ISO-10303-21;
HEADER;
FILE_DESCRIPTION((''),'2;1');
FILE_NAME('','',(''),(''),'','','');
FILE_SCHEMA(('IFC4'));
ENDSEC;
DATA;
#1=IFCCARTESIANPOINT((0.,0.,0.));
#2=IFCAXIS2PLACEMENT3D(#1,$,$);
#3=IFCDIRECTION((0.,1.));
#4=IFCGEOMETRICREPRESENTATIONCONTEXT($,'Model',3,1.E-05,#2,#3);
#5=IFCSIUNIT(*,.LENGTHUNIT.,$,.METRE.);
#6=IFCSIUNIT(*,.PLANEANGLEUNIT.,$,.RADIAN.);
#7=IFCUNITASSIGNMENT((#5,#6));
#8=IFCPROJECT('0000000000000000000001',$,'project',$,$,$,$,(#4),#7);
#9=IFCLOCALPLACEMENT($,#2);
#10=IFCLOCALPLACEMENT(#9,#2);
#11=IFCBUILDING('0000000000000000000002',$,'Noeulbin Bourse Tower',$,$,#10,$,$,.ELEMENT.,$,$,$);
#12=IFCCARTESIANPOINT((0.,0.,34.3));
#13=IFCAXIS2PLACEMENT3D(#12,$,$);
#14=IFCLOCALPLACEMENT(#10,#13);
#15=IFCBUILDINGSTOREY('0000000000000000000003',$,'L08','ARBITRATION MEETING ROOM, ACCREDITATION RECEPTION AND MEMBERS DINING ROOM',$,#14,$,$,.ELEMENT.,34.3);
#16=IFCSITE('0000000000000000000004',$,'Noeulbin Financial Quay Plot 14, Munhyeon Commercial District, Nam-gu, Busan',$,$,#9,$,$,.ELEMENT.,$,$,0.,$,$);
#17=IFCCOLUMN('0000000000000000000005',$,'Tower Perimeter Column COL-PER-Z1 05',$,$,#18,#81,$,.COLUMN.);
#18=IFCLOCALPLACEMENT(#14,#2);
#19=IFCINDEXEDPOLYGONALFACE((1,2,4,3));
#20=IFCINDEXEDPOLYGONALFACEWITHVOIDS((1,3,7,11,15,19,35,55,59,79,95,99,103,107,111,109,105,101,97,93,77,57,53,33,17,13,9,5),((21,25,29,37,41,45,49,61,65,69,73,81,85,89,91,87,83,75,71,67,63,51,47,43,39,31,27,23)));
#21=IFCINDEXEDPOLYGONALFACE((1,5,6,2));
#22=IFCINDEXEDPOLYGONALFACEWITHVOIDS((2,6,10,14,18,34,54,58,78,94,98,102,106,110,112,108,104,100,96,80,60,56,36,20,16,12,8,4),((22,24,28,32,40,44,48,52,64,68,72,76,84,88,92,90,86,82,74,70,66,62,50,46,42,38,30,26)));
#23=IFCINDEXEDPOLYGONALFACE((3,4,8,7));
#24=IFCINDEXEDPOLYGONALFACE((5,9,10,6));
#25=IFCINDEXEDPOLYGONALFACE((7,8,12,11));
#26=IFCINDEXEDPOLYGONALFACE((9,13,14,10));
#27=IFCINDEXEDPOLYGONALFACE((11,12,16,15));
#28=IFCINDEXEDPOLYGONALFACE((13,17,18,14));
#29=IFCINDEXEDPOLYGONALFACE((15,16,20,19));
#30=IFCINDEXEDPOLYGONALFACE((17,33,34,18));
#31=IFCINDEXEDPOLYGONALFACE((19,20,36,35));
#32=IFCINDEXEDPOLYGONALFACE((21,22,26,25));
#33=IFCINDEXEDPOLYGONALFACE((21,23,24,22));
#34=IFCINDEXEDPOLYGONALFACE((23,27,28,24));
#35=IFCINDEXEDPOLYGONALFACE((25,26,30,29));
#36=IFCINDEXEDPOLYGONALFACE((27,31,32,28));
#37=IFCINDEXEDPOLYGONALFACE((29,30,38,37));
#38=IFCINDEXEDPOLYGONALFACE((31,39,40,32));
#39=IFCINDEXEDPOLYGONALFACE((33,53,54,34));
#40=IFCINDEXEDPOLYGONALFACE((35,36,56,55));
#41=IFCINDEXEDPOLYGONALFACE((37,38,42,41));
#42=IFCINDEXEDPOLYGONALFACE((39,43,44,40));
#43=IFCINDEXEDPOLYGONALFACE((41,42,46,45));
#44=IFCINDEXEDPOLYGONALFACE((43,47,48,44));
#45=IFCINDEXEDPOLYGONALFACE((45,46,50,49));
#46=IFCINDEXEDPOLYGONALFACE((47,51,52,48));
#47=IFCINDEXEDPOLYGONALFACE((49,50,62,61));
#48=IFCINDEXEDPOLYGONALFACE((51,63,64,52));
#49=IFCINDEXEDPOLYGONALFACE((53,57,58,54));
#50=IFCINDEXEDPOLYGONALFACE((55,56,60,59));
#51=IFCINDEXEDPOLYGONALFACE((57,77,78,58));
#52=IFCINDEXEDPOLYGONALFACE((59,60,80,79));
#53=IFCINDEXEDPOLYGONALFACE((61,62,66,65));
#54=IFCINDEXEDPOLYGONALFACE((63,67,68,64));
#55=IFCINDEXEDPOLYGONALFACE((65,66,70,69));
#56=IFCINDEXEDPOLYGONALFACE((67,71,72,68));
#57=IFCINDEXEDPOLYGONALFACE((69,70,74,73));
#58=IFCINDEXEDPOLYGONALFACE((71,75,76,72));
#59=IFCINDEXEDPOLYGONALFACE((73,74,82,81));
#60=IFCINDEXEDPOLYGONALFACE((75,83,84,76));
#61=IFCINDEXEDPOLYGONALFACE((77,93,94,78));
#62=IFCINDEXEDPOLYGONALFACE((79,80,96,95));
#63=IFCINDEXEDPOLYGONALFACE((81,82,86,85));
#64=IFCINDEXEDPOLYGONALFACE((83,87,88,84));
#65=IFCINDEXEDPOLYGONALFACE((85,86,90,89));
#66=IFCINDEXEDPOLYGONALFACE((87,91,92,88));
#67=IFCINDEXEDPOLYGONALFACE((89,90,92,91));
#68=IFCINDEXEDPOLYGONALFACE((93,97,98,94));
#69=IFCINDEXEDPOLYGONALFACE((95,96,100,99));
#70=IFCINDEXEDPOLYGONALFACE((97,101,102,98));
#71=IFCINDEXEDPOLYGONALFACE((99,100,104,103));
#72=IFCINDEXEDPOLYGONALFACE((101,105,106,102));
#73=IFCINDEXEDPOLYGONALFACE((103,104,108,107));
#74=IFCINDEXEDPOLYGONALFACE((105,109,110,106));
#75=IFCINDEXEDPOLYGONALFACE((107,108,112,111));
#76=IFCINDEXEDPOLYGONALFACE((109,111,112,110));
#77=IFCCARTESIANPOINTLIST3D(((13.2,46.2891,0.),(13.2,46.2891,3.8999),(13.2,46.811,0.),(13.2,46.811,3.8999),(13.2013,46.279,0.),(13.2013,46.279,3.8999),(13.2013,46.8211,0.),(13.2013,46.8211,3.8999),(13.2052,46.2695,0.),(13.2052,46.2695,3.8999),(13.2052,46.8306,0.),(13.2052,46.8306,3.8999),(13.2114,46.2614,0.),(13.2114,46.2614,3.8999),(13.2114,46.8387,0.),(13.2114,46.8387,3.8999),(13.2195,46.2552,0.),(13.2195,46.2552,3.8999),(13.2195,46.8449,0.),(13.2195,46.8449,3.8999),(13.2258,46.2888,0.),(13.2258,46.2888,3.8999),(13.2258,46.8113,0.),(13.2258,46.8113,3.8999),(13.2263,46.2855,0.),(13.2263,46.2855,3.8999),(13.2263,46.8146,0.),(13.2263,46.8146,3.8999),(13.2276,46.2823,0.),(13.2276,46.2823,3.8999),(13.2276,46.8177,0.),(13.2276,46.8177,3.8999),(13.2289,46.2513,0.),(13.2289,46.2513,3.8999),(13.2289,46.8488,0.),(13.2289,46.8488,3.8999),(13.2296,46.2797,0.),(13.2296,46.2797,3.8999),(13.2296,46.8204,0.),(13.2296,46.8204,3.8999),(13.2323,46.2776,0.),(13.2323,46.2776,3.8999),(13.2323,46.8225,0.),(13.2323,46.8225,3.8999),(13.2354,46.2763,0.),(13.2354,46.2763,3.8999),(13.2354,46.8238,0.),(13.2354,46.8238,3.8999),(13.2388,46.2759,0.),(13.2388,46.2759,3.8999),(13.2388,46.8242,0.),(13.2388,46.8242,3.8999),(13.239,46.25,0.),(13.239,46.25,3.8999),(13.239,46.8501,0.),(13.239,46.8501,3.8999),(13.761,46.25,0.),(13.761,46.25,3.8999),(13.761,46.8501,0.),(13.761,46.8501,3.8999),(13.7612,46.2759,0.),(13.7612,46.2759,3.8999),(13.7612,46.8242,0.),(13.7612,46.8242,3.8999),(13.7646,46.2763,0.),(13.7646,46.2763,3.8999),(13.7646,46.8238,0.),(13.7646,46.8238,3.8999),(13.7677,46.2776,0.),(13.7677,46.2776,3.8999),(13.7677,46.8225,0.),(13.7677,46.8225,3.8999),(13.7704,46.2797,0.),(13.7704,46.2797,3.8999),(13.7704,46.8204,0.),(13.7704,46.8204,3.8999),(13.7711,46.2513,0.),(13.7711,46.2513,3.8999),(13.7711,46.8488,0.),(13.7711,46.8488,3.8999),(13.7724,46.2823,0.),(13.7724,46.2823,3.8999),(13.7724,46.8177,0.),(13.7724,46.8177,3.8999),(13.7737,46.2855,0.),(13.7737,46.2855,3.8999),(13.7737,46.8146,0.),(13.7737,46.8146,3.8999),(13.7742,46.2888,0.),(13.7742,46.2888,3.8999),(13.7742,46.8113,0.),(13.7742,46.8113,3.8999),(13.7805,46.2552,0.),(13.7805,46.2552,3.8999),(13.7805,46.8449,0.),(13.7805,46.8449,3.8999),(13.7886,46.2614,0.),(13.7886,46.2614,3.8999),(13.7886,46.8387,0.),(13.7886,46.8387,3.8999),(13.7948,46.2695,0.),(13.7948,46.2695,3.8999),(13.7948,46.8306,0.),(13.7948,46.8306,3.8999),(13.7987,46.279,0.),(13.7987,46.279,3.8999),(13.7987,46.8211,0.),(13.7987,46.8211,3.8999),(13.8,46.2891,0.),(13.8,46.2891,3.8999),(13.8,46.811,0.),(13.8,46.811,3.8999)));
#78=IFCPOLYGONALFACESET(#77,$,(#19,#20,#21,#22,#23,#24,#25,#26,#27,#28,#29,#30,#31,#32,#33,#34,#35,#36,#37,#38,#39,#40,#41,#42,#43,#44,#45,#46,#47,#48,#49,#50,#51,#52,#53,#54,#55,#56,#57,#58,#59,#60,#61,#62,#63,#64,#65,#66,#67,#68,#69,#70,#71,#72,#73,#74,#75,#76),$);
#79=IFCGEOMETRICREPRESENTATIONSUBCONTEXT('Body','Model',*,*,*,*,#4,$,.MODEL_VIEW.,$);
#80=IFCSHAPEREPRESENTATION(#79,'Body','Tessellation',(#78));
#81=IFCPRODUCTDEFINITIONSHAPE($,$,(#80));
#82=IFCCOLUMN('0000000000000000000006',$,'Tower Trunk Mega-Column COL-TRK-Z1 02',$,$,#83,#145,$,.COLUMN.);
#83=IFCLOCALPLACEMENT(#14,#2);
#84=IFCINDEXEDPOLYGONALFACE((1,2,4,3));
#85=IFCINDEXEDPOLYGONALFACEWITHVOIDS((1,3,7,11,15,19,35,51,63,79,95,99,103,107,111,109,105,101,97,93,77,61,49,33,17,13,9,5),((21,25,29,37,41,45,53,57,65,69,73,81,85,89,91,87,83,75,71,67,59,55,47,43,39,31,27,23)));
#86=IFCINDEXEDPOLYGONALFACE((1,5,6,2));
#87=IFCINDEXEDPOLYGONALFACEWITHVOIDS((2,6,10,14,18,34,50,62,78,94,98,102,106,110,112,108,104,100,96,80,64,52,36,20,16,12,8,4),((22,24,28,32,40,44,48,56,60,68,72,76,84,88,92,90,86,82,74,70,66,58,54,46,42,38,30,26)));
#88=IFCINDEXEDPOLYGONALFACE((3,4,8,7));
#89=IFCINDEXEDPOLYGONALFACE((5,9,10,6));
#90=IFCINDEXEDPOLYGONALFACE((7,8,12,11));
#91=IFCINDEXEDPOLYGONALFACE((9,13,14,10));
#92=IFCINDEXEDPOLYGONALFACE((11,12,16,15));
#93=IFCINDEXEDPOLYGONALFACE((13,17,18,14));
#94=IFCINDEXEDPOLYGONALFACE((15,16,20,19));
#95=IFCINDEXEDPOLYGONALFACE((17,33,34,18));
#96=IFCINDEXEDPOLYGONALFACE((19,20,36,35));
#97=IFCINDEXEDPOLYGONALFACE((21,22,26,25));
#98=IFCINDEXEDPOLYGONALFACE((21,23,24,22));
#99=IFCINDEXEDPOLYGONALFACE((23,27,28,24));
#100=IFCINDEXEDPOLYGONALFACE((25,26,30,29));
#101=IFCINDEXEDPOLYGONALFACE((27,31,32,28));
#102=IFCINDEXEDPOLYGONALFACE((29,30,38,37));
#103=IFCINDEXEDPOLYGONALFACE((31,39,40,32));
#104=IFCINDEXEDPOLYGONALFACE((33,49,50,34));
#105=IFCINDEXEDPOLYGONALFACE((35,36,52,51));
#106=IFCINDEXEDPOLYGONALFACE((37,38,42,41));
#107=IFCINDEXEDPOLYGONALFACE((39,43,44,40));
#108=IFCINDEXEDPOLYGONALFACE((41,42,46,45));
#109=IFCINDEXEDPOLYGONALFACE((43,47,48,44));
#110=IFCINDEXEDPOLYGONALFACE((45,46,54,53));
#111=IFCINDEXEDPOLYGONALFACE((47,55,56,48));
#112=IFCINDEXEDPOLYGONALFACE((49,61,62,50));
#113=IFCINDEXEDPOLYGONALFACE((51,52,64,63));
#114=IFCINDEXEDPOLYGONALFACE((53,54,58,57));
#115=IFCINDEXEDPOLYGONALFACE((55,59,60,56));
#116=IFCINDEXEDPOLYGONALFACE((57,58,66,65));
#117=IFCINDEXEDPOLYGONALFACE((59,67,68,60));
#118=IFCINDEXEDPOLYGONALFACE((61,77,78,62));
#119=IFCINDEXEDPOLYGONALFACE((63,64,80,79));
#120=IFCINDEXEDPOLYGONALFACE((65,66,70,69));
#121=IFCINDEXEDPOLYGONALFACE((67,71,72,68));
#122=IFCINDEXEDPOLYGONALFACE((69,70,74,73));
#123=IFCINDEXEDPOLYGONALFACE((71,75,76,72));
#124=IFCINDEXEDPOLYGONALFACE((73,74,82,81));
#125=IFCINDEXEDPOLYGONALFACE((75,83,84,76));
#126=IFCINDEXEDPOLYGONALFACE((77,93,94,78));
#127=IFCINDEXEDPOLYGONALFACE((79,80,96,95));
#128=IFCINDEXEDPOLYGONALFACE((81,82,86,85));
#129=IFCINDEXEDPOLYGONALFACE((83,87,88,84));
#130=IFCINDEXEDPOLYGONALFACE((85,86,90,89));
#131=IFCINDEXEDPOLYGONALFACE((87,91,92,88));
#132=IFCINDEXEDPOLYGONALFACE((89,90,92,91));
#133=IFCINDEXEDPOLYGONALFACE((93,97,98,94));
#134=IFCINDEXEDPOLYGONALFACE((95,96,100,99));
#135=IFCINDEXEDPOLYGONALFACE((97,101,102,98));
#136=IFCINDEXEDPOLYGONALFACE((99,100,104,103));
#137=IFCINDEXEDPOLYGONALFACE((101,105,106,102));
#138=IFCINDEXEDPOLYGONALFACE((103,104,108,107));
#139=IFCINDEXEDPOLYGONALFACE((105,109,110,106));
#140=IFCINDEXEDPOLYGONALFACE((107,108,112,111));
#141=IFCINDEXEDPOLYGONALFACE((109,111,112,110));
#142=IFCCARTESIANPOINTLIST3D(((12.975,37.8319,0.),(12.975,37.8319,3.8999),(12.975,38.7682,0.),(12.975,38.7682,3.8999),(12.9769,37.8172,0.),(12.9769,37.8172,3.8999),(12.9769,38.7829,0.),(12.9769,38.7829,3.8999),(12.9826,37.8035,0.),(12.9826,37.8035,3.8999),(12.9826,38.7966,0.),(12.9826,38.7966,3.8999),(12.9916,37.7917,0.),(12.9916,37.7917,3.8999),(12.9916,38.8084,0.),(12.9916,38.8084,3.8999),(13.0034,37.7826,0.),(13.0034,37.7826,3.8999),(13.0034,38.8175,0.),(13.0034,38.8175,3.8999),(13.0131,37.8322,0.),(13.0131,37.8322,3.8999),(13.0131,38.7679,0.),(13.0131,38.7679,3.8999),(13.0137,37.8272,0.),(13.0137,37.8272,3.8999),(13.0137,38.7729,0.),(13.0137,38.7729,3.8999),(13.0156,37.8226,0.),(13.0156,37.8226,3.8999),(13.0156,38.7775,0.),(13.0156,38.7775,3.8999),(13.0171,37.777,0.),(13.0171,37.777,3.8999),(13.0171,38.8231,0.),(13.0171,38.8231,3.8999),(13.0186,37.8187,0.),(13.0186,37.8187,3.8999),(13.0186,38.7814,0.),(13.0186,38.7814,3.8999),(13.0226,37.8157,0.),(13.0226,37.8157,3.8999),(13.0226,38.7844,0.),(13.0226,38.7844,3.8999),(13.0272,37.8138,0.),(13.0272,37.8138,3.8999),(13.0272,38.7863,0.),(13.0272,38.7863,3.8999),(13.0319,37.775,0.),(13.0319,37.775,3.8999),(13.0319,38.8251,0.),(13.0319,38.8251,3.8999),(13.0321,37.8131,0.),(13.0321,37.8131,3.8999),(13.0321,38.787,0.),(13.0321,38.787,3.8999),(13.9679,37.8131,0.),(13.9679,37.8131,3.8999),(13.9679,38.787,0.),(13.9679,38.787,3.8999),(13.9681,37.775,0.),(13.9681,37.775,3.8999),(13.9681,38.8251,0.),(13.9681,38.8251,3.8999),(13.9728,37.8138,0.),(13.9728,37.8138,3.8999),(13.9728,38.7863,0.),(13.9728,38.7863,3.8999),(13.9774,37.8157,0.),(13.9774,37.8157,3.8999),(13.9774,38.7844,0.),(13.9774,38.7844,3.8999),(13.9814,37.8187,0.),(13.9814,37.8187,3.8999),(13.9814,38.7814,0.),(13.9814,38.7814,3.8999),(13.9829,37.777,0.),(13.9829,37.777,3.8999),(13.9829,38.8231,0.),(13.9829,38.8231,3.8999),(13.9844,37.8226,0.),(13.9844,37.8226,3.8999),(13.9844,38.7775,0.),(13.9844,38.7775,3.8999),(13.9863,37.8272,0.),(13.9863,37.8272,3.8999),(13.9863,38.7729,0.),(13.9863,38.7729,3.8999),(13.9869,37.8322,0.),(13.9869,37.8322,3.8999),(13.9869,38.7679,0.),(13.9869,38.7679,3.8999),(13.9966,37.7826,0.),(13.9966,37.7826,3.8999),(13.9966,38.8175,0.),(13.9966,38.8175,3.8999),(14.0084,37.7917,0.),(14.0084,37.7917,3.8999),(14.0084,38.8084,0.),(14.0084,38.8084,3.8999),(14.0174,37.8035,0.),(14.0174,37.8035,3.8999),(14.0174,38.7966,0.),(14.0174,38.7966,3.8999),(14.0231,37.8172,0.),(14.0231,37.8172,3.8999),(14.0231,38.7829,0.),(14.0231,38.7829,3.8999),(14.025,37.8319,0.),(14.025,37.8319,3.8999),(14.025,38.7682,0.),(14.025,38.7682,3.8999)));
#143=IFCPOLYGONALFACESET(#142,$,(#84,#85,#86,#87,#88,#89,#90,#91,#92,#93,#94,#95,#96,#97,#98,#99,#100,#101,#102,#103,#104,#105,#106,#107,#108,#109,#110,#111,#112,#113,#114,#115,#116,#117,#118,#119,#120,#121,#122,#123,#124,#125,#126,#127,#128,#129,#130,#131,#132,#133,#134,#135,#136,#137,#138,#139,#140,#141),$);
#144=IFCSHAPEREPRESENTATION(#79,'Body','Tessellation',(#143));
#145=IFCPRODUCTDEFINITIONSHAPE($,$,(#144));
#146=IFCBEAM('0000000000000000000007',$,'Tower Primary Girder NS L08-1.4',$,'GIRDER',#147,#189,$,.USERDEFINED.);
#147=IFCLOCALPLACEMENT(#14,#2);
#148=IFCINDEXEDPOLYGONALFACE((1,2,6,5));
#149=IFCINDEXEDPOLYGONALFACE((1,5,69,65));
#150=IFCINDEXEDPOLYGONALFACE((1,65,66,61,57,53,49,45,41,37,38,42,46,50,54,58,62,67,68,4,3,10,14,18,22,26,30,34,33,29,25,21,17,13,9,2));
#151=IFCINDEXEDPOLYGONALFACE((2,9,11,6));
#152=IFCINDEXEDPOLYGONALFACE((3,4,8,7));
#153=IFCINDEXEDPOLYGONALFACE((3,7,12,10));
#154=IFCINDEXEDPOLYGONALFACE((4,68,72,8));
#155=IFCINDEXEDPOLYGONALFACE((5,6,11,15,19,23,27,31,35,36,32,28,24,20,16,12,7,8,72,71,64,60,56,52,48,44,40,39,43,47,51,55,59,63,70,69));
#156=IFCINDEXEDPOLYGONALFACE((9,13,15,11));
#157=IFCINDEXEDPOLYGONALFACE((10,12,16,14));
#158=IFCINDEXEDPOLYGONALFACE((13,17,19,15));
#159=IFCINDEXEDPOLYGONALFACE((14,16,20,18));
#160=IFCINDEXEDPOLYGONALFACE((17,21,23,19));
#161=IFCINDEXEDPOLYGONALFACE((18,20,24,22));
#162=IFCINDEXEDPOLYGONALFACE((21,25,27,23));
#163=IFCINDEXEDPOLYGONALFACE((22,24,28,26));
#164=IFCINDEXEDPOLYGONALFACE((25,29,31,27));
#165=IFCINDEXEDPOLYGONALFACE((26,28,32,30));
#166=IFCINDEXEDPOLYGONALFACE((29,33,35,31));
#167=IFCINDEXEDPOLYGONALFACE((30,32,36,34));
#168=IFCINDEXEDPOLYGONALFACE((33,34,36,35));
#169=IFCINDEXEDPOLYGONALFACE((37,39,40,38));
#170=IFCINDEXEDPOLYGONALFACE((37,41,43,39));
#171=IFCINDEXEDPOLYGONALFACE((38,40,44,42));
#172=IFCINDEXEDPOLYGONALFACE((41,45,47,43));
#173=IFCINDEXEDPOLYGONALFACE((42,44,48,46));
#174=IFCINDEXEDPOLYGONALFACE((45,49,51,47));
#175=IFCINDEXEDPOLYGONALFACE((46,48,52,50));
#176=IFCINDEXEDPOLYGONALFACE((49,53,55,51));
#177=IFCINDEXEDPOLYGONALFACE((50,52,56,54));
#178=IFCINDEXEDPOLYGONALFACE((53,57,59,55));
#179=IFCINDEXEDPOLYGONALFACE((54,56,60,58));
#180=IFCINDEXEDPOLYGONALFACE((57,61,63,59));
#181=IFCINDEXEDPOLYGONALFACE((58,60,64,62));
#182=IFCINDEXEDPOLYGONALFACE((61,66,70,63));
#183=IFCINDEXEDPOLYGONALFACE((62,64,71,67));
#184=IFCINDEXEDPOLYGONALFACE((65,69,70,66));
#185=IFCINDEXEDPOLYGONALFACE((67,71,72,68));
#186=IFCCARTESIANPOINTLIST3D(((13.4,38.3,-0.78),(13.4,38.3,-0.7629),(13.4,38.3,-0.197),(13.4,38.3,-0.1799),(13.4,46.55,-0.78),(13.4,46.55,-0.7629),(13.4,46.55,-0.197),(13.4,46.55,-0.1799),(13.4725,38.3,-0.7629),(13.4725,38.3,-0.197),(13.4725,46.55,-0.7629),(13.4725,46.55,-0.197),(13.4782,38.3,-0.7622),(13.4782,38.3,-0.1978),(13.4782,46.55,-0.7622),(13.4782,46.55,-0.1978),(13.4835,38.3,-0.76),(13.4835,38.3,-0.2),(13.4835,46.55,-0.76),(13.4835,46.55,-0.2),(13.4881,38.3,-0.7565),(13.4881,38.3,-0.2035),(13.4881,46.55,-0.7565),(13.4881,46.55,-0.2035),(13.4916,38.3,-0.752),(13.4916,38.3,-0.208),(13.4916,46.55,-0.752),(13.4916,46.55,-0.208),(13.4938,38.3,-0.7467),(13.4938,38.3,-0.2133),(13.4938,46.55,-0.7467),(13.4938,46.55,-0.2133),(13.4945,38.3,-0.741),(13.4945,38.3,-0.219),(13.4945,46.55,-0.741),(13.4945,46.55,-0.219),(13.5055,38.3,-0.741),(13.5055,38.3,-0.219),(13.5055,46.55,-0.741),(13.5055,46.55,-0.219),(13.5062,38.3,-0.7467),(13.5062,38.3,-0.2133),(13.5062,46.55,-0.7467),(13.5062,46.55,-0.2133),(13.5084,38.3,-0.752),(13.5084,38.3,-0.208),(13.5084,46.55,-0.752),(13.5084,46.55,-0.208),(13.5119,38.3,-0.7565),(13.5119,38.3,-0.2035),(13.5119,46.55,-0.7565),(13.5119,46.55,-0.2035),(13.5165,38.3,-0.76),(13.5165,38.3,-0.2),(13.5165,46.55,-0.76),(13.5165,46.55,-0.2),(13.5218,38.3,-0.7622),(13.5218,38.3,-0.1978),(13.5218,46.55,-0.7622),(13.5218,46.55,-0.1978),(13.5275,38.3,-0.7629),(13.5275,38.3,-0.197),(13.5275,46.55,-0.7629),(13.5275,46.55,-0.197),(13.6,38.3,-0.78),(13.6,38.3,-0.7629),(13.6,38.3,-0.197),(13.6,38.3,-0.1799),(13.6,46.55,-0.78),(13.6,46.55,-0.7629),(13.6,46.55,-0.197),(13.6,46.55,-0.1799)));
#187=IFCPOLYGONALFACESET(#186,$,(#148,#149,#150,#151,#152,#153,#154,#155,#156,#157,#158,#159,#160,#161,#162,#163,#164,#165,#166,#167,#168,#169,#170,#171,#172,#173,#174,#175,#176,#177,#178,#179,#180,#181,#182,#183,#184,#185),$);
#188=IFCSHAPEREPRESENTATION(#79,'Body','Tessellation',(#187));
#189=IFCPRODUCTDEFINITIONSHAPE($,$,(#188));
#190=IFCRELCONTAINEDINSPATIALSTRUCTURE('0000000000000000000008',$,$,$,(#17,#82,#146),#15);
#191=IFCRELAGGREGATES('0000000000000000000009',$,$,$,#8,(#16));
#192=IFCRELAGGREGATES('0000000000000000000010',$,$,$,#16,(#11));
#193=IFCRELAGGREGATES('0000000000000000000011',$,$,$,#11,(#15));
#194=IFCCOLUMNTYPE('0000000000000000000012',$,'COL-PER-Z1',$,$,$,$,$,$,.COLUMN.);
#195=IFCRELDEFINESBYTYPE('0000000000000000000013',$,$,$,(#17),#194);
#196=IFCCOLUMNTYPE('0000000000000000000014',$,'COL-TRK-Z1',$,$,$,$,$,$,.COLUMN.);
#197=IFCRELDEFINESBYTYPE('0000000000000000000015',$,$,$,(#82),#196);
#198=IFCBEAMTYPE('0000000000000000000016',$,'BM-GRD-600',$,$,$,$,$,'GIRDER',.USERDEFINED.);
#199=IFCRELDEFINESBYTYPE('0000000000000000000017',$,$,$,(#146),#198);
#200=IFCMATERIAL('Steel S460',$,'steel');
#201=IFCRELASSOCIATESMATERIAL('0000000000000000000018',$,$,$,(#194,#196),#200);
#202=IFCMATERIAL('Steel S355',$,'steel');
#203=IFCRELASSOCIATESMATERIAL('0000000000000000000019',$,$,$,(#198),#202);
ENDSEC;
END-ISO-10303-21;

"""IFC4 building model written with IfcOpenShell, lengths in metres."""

from ifc_helpers import new_model, si_unit, direction, frame, origin, origin_2d, place, context, subcontext, project, spatial, hollow_rectangle, i_section, extrude, material, material_profile, profile_set, type_object, element, save


model = new_model("IFC4")

# Units and contexts
model_context = context("Model", 3, precision=1e-05, world=origin(), true_north=direction((0.0, 1.0)))
body_context = subcontext(model_context, "Body", "Model", "MODEL_VIEW")
ifc_project = project(units=[si_unit("LENGTHUNIT", "METRE"), si_unit("PLANEANGLEUNIT", "RADIAN")], contexts=[model_context])

# Site, building, storey
site_placement = place(None, origin())
site = spatial("IfcSite", under=ifc_project, at=site_placement, Name="Noeulbin Financial Quay Plot 14, Munhyeon Commercial District, Nam-gu, Busan", CompositionType="ELEMENT", RefElevation=0.0)
building_placement = place(site_placement, origin())
building = spatial("IfcBuilding", under=site, at=building_placement, Name="Noeulbin Bourse Tower", CompositionType="ELEMENT")
storey_placement = place(building_placement, frame((0.0, 0.0, 34.3)))
storey = spatial("IfcBuildingStorey", under=building, at=storey_placement, Name="L08", Description="ARBITRATION MEETING ROOM, ACCREDITATION RECEPTION AND MEMBERS DINING ROOM", CompositionType="ELEMENT", Elevation=34.3)

# Columns
ifc_material_1 = material(Name="Steel S460", Category="steel")
ifc_material_profile_1 = material_profile(ifc_material_1, hollow_rectangle(XDim=0.6001, YDim=0.6001, WallThickness=0.0259, InnerFilletRadius=0.0129, OuterFilletRadius=0.0391, at=origin_2d()), Name="BOX-600x600x26", Category="LoadBearing")
ifc_profile_set_1 = profile_set([ifc_material_profile_1], Name="Steel S460")
column_type_1 = type_object("IfcColumnType", Name="COL-PER-Z1", PredefinedType="COLUMN", material=ifc_profile_set_1)
column_1_placement = place(storey_placement, frame((13.5, 46.55, 0.0), z_axis=(0.0, 0.0, 1.0), x_axis=(1.0, 0.0, 0.0)))
element("IfcColumn", 1, at=column_1_placement, inside=storey, type_object=column_type_1, Name="Tower Perimeter Column COL-PER-Z1 05", PredefinedType="COLUMN", context=body_context, shape_type="SweptSolid", body=[
    extrude(hollow_rectangle(XDim=0.6001, YDim=0.6001, WallThickness=0.0259, InnerFilletRadius=0.0129, OuterFilletRadius=0.0391, at=origin_2d()), origin(), (0.0, 0.0, 1.0), 3.8999),
])
ifc_material_profile_2 = material_profile(ifc_material_1, hollow_rectangle(XDim=1.05, YDim=1.05, WallThickness=0.0381, InnerFilletRadius=0.019, OuterFilletRadius=0.0569, at=origin_2d()), Name="BOX-1050x1050x38", Category="LoadBearing")
ifc_profile_set_2 = profile_set([ifc_material_profile_2], Name="Steel S460")
column_type_2 = type_object("IfcColumnType", Name="COL-TRK-Z1", PredefinedType="COLUMN", material=ifc_profile_set_2)
column_2_placement = place(storey_placement, frame((13.5, 38.3, 0.0), z_axis=(0.0, 0.0, 1.0), x_axis=(1.0, 0.0, 0.0)))
element("IfcColumn", 2, at=column_2_placement, inside=storey, type_object=column_type_2, Name="Tower Trunk Mega-Column COL-TRK-Z1 02", PredefinedType="COLUMN", context=body_context, shape_type="SweptSolid", body=[
    extrude(hollow_rectangle(XDim=1.05, YDim=1.05, WallThickness=0.0381, InnerFilletRadius=0.019, OuterFilletRadius=0.0569, at=origin_2d()), origin(), (0.0, 0.0, 1.0), 3.8999),
])

# Beam
ifc_material_2 = material(Name="Steel S355", Category="steel")
ifc_material_profile_3 = material_profile(ifc_material_2, i_section(OverallWidth=0.2, OverallDepth=0.6001, WebThickness=0.011, FlangeThickness=0.0171, FilletRadius=0.022, at=origin_2d()), Name="H-600x200x11x17", Category="LoadBearing")
ifc_profile_set_3 = profile_set([ifc_material_profile_3], Name="Steel S355")
beam_type_1 = type_object("IfcBeamType", Name="BM-GRD-600", ElementType="GIRDER", PredefinedType="USERDEFINED", material=ifc_profile_set_3)
beam_1_placement = place(storey_placement, frame((13.5, 38.3, -0.48), z_axis=(0.0, 1.0, 0.0), x_axis=(-1.0, 0.0, 0.0)))
element("IfcBeam", 3, at=beam_1_placement, inside=storey, type_object=beam_type_1, Name="Tower Primary Girder NS L08-1.4", ObjectType="GIRDER", PredefinedType="USERDEFINED", context=body_context, shape_type="SweptSolid", body=[
    extrude(i_section(OverallWidth=0.2, OverallDepth=0.6001, WebThickness=0.011, FlangeThickness=0.0171, FilletRadius=0.022, at=origin_2d()), origin(), (0.0, 0.0, 1.0), 8.25),
])

save(model, "model.ifc")
